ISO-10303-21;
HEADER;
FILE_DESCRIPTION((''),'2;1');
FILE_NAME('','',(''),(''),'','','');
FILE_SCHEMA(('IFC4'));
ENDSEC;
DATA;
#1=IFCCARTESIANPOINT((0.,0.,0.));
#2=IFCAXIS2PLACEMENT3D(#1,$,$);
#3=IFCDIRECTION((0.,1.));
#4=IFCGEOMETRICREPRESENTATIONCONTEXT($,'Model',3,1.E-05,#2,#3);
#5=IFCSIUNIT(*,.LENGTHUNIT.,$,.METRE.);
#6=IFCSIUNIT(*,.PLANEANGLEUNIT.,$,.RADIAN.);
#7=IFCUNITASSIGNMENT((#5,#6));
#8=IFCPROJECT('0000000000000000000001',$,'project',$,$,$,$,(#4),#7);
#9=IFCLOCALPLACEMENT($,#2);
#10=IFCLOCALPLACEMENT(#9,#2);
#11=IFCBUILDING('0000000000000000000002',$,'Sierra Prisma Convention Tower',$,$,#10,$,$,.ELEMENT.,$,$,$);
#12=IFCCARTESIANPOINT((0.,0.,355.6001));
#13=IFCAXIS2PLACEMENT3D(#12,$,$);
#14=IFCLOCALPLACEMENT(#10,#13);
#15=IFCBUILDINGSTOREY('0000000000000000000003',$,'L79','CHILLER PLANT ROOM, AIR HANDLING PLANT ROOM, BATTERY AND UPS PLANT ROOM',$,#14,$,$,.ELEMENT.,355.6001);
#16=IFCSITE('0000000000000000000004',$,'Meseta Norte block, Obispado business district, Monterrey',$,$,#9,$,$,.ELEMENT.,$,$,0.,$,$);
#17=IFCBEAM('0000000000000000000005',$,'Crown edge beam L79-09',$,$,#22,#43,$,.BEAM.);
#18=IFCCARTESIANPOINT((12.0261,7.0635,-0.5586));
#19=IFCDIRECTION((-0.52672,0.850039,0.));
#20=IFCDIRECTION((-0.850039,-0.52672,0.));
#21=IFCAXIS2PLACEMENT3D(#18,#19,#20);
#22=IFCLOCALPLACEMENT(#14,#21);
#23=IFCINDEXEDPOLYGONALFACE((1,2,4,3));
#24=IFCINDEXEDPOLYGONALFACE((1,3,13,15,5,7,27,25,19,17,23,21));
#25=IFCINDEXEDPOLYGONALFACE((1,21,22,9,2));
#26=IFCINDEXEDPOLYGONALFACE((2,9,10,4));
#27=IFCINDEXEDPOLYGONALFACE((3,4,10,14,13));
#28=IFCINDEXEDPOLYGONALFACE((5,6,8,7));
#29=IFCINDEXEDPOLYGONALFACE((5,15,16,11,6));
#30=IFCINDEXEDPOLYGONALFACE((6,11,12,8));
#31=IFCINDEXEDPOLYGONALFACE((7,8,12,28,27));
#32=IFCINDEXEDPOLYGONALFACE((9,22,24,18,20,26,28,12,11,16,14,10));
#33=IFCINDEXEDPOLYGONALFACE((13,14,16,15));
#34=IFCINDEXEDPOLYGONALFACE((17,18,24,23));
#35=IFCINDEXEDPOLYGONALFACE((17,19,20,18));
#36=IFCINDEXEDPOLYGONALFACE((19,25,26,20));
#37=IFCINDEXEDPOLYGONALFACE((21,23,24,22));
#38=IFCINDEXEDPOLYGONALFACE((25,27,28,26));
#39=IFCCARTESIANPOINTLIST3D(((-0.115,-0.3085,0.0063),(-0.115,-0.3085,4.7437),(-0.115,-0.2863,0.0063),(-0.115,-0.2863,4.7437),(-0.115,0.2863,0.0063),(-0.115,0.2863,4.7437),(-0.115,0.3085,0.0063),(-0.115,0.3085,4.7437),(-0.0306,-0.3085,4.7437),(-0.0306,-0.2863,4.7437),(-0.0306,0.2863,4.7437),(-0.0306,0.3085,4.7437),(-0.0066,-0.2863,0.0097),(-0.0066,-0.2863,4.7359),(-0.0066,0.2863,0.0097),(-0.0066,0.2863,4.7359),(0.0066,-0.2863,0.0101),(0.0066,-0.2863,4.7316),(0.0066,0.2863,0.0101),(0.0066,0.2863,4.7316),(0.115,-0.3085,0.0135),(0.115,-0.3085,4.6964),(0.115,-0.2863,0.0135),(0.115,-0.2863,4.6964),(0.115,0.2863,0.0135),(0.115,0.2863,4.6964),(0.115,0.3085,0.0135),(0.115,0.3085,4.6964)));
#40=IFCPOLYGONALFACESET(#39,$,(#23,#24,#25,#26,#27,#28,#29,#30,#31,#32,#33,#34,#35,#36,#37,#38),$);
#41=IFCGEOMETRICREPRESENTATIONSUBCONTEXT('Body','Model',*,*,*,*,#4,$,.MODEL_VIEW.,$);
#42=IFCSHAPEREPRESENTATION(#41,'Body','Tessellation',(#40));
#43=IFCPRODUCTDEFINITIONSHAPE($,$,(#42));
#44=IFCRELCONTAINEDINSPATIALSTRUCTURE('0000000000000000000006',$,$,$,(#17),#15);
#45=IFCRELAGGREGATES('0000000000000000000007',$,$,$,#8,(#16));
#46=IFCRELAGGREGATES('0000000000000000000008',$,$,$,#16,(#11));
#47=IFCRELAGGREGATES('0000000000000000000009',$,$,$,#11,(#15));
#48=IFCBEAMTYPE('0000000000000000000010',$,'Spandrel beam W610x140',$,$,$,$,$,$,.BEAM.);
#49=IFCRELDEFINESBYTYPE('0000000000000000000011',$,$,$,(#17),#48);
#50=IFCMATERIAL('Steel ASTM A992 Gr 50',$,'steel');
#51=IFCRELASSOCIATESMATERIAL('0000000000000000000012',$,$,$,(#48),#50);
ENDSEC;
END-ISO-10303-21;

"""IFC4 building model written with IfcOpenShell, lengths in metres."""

from ifc_helpers import new_model, si_unit, direction, frame, origin, origin_2d, place, context, subcontext, project, spatial, i_section, extrude, clip, halfspace, material, material_profile, profile_set, type_object, element, save


model = new_model("IFC4")

# Units and contexts
model_context = context("Model", 3, precision=1e-05, world=origin(), true_north=direction((0.0, 1.0)))
body_context = subcontext(model_context, "Body", "Model", "MODEL_VIEW")
ifc_project = project(units=[si_unit("LENGTHUNIT", "METRE"), si_unit("PLANEANGLEUNIT", "RADIAN")], contexts=[model_context])

# Site, building, storey
site_placement = place(None, origin())
site = spatial("IfcSite", under=ifc_project, at=site_placement, Name="Meseta Norte block, Obispado business district, Monterrey", CompositionType="ELEMENT", RefElevation=0.0)
building_placement = place(site_placement, origin())
building = spatial("IfcBuilding", under=site, at=building_placement, Name="Sierra Prisma Convention Tower", CompositionType="ELEMENT")
storey_placement = place(building_placement, frame((0.0, 0.0, 355.6001)))
storey = spatial("IfcBuildingStorey", under=building, at=storey_placement, Name="L79", Description="CHILLER PLANT ROOM, AIR HANDLING PLANT ROOM, BATTERY AND UPS PLANT ROOM", CompositionType="ELEMENT", Elevation=355.6001)

# Beam
ifc_material_1 = material(Name="Steel ASTM A992 Gr 50", Category="steel")
ifc_material_profile_1 = material_profile(ifc_material_1, i_section(OverallWidth=0.23, OverallDepth=0.6169, WebThickness=0.0132, FlangeThickness=0.0222, at=origin_2d()), Name="W610x140")
ifc_profile_set_1 = profile_set([ifc_material_profile_1], Name="Steel ASTM A992 Gr 50")
beam_type_1 = type_object("IfcBeamType", Name="Spandrel beam W610x140", PredefinedType="BEAM", material=ifc_profile_set_1)
beam_1_placement = place(storey_placement, frame((12.0261, 7.0635, -0.5586), z_axis=(-0.52672, 0.850039, 0.0), x_axis=(-0.850039, -0.52672, 0.0)))
element("IfcBeam", 1, at=beam_1_placement, inside=storey, type_object=beam_type_1, Name="Crown edge beam L79-09", PredefinedType="BEAM", context=body_context, shape_type="SweptSolid", body=[
    clip(clip(extrude(i_section(OverallWidth=0.23, OverallDepth=0.6169, WebThickness=0.0132, FlangeThickness=0.0222, at=origin_2d()), origin(), (0.0, 0.0, 1.0), 4.7437), halfspace(frame((-0.0034, 0.0, 0.0098), z_axis=(-0.031133, 0.0, 0.999515), x_axis=(0.999515, 0.0, 0.031133)), True)), halfspace(frame((-0.0352, 0.0, 4.7451), z_axis=(-0.308578, 0.0, -0.951199), x_axis=(0.951199, 0.0, -0.308578)), True)),
])

save(model, "model.ifc")
